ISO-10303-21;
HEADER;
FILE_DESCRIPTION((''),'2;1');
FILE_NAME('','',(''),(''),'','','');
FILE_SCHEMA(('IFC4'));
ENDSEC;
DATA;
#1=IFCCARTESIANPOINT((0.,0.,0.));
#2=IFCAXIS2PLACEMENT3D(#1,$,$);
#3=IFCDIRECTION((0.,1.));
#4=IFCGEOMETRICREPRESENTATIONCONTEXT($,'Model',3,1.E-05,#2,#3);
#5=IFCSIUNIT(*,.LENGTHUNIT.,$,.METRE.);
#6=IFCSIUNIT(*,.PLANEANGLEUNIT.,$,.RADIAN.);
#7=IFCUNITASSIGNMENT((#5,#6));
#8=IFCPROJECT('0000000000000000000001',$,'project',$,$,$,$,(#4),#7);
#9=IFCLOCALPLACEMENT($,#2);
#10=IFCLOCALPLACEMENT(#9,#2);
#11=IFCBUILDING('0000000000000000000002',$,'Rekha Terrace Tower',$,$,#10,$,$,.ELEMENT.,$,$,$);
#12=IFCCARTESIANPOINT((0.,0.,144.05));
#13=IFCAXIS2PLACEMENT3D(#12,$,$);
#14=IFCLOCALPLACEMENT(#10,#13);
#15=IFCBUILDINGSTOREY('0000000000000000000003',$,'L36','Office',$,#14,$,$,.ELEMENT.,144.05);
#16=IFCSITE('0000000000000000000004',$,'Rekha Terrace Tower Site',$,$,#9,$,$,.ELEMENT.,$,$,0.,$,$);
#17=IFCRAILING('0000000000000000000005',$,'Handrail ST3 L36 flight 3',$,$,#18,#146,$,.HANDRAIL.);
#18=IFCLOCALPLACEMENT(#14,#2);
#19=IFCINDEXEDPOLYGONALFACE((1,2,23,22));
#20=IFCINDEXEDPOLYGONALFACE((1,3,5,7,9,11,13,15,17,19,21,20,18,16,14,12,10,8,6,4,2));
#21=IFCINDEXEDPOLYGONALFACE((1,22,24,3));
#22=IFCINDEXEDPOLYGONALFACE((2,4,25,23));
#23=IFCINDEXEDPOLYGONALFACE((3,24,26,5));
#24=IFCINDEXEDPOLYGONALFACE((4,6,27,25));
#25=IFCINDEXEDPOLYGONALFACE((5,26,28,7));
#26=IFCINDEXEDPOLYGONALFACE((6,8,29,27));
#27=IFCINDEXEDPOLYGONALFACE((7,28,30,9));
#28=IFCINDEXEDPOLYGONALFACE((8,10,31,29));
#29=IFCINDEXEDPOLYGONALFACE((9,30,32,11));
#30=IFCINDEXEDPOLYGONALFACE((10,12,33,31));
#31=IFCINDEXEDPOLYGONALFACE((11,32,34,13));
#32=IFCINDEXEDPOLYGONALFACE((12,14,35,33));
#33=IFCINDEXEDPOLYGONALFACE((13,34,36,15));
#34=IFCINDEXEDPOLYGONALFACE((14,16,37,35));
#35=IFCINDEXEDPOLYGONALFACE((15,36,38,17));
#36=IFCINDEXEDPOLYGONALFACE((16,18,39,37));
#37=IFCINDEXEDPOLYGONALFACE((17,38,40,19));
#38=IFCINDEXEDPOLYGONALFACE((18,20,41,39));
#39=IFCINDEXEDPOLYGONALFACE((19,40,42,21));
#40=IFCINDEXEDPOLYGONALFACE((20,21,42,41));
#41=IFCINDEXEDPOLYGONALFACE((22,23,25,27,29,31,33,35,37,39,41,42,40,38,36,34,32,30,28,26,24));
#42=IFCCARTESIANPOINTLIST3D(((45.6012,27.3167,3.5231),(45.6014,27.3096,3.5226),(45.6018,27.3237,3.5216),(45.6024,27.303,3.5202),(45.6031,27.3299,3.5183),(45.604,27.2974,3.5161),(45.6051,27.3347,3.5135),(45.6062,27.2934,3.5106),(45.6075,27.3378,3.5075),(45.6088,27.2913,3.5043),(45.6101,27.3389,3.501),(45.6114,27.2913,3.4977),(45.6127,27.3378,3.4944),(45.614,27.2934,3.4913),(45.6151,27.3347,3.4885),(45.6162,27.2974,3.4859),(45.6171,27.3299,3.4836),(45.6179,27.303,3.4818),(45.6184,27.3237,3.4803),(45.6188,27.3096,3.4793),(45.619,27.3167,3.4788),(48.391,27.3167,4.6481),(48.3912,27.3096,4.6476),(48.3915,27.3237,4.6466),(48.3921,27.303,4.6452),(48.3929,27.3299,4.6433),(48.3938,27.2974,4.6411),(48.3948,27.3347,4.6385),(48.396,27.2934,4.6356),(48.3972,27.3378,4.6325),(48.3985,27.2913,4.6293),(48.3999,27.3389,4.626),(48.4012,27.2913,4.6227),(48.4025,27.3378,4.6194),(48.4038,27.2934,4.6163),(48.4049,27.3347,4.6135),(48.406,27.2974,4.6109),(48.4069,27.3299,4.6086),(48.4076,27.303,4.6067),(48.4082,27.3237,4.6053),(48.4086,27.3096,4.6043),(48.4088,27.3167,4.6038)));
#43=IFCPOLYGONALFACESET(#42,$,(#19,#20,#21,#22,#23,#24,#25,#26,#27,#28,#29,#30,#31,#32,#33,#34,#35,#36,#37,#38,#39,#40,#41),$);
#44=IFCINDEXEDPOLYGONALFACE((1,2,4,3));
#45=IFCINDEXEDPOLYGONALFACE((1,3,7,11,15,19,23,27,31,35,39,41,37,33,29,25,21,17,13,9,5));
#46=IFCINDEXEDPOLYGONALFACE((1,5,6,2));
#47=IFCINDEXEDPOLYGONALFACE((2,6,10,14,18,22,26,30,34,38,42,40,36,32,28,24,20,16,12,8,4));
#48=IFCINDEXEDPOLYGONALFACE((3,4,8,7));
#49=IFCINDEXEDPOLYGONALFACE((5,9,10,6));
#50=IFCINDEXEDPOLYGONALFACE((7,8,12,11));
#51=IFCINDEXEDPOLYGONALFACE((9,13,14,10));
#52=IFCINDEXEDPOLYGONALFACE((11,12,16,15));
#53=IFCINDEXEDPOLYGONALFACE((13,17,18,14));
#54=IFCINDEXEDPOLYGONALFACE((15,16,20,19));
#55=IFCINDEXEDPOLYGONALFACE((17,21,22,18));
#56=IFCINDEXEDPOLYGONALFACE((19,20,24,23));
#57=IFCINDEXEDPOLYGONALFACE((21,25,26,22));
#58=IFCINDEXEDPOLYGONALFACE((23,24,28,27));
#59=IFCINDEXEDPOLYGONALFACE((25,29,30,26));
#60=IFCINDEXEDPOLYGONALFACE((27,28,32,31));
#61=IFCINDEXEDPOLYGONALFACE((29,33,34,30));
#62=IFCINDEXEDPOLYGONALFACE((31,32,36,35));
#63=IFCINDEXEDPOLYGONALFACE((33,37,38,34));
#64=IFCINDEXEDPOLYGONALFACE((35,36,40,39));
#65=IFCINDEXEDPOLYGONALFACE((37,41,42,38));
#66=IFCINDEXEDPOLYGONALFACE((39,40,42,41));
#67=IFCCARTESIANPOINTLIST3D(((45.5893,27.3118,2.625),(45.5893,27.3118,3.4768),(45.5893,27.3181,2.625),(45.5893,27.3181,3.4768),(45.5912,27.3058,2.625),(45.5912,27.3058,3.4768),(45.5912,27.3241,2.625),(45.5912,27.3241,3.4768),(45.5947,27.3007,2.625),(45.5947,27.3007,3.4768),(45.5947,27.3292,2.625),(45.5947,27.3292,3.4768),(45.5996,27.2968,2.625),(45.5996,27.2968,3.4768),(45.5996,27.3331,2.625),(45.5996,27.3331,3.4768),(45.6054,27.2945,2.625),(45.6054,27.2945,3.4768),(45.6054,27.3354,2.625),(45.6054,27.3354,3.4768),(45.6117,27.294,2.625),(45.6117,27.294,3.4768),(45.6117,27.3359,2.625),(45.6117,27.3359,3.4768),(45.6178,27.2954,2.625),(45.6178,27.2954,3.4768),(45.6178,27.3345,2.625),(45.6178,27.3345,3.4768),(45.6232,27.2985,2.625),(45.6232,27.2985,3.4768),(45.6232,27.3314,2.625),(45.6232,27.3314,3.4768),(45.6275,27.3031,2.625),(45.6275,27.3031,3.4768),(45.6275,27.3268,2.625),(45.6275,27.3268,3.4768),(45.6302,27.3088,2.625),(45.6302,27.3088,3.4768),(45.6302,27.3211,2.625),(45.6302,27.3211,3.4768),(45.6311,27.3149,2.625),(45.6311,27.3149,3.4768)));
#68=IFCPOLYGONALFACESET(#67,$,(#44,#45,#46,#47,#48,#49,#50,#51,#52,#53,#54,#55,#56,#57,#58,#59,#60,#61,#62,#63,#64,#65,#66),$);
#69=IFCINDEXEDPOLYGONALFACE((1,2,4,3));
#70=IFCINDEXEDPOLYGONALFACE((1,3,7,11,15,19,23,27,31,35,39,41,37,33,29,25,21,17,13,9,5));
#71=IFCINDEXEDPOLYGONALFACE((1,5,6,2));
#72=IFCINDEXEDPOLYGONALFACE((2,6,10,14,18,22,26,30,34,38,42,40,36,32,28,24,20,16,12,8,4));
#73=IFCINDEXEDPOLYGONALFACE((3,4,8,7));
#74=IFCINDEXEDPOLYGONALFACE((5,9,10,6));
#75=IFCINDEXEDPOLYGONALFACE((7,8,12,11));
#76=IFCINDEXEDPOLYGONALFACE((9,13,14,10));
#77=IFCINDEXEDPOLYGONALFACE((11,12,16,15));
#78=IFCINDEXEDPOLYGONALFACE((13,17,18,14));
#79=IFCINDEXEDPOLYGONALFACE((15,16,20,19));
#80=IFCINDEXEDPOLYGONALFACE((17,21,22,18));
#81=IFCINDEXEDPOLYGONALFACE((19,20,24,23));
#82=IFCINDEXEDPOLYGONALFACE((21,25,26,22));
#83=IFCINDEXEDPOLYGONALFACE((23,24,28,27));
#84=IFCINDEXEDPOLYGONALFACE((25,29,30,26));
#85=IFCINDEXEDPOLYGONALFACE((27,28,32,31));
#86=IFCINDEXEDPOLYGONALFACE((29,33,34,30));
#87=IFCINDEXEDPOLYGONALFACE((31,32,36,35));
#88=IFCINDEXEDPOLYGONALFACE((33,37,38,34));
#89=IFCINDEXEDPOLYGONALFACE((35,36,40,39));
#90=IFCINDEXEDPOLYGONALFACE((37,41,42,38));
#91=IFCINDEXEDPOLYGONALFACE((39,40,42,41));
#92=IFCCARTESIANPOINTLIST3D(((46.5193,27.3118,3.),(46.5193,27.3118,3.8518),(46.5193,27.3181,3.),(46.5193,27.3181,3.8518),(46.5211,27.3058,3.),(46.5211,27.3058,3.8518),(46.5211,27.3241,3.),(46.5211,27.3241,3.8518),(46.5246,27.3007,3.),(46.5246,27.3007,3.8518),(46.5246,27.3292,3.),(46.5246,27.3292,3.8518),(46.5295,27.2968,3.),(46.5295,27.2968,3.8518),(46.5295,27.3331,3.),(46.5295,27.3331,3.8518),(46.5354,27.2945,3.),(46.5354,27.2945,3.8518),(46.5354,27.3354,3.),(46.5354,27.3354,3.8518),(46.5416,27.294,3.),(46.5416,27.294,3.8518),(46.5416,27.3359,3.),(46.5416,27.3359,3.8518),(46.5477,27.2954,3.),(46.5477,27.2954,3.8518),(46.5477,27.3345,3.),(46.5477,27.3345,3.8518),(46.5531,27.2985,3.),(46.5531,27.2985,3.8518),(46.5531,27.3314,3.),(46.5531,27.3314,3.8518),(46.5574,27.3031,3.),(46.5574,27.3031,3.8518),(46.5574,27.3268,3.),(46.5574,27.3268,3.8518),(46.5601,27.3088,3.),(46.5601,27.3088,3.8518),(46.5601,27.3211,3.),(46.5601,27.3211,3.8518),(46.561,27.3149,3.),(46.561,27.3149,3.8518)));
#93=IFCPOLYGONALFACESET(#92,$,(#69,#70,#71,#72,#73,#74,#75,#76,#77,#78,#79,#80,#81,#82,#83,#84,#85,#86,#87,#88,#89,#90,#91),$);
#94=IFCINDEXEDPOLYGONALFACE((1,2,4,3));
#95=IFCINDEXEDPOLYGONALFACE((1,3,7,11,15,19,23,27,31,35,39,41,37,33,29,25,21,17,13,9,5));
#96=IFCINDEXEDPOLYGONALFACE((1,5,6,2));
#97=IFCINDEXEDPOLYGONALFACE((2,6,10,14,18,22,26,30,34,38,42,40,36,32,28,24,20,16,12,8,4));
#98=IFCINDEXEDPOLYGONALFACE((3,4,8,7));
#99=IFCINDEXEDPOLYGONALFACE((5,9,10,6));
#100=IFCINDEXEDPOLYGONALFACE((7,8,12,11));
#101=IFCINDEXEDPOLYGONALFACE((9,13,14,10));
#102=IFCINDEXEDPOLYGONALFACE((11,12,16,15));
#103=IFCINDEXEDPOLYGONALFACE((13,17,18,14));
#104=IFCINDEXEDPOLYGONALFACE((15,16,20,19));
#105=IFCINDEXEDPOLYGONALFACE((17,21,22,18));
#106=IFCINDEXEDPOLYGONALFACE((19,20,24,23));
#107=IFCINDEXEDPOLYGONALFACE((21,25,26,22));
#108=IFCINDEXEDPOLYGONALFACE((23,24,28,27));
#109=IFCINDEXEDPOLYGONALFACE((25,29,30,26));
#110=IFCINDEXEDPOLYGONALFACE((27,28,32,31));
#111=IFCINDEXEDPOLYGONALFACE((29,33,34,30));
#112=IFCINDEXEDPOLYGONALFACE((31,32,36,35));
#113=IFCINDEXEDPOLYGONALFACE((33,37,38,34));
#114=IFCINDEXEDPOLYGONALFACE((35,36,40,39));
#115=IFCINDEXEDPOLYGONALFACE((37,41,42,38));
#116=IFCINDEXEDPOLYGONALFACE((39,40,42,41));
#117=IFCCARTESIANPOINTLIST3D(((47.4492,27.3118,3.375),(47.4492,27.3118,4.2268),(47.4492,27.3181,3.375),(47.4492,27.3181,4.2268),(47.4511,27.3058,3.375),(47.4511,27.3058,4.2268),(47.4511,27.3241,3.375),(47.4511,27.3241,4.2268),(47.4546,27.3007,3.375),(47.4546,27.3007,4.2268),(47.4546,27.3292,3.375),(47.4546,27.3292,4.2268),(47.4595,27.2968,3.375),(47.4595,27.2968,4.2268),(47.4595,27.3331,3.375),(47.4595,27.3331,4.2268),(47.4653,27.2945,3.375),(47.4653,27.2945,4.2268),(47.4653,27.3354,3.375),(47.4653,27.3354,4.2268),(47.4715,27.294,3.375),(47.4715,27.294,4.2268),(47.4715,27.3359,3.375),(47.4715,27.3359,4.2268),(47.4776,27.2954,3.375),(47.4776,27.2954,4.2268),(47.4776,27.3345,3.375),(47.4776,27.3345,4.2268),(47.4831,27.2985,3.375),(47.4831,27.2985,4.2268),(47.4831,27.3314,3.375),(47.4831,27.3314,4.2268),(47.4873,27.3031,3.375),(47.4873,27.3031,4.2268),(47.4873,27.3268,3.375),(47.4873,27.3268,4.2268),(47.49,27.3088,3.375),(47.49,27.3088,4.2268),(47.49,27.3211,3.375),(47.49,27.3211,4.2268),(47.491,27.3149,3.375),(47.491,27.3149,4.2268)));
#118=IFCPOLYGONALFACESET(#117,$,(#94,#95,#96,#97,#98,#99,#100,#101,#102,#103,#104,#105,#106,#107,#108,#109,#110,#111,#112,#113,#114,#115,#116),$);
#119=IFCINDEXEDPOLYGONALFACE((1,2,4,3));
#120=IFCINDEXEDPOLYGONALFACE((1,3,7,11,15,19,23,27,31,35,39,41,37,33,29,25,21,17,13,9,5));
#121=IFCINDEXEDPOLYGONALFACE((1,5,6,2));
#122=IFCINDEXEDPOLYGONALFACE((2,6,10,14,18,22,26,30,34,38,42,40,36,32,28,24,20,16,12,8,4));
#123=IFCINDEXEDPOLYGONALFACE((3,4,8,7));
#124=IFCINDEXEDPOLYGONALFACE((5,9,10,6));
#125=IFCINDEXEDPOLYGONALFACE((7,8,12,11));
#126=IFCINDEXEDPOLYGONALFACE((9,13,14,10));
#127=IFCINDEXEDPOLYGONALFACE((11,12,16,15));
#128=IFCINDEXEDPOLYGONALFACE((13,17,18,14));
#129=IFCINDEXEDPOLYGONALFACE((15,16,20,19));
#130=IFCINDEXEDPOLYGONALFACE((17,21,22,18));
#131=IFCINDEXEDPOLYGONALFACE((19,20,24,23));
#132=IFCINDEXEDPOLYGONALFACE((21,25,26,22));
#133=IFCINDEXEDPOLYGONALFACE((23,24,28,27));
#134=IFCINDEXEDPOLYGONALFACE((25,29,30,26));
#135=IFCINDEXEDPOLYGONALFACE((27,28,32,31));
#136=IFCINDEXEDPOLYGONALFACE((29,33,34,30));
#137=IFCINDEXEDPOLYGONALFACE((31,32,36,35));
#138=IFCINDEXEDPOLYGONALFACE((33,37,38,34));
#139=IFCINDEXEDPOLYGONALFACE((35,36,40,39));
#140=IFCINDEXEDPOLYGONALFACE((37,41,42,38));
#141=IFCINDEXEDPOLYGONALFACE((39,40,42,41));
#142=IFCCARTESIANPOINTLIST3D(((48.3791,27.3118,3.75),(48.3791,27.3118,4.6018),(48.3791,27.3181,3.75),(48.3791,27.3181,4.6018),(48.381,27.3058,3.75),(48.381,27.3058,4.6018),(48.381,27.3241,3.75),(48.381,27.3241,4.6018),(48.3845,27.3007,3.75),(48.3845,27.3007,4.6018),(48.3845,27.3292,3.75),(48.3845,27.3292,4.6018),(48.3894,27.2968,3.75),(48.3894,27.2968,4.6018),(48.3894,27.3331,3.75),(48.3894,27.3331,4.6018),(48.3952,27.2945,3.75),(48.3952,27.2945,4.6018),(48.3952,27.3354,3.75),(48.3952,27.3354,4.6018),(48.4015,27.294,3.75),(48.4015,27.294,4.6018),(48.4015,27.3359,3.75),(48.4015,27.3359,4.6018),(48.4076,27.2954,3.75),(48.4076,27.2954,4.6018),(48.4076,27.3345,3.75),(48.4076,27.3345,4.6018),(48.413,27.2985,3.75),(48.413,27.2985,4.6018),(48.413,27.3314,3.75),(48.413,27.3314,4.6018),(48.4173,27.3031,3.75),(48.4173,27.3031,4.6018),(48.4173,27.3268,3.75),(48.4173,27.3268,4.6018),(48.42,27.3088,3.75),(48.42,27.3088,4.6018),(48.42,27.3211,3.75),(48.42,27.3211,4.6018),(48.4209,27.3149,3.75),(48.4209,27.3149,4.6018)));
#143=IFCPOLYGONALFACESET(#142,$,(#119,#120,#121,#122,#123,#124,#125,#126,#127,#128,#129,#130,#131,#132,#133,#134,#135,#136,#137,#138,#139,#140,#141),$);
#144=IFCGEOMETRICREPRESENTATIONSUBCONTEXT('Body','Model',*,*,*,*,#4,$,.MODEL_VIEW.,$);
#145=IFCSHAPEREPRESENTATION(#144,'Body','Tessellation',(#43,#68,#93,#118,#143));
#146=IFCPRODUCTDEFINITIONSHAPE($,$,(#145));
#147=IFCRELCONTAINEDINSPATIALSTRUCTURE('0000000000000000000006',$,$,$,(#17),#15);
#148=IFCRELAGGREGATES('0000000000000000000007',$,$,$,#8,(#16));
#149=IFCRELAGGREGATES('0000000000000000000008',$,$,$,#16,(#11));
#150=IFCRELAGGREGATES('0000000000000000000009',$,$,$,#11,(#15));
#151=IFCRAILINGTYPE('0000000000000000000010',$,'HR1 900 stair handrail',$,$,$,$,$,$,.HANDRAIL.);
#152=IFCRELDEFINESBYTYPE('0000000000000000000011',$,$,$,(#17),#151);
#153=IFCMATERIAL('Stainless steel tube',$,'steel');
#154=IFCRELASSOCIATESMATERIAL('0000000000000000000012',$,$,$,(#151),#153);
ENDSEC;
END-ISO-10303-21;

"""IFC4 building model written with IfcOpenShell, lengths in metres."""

from ifc_helpers import new_model, si_unit, direction, frame, origin, origin_2d, place, context, subcontext, project, spatial, circle, extrude, material, type_object, element, save


model = new_model("IFC4")

# Units and contexts
model_context = context("Model", 3, precision=1e-05, world=origin(), true_north=direction((0.0, 1.0)))
body_context = subcontext(model_context, "Body", "Model", "MODEL_VIEW")
ifc_project = project(units=[si_unit("LENGTHUNIT", "METRE"), si_unit("PLANEANGLEUNIT", "RADIAN")], contexts=[model_context])

# Site, building, storey
site_placement = place(None, origin())
site = spatial("IfcSite", under=ifc_project, at=site_placement, Name="Rekha Terrace Tower Site", CompositionType="ELEMENT", RefElevation=0.0)
building_placement = place(site_placement, origin())
building = spatial("IfcBuilding", under=site, at=building_placement, Name="Rekha Terrace Tower", CompositionType="ELEMENT")
storey_placement = place(building_placement, frame((0.0, 0.0, 144.05)))
storey = spatial("IfcBuildingStorey", under=building, at=storey_placement, Name="L36", Description="Office", CompositionType="ELEMENT", Elevation=144.05)

# Railing
ifc_material_1 = material(Name="Stainless steel tube", Category="steel")
railing_type_1 = type_object("IfcRailingType", Name="HR1 900 stair handrail", PredefinedType="HANDRAIL", material=ifc_material_1)
railing_1_placement = place(storey_placement, frame((45.6101, 27.3149, 2.625)))
element("IfcRailing", 1, at=railing_1_placement, inside=storey, type_object=railing_type_1, Name="Handrail ST3 L36 flight 3", PredefinedType="HANDRAIL", context=body_context, shape_type="SweptSolid", body=[
    extrude(circle(Radius=0.0239, at=origin_2d()), frame((0.0, 0.0, 0.876), z_axis=(0.927432, 0.0, 0.373992), x_axis=(0.0, 1.0, 0.0)), (0.0, 0.0, 1.0), 3.0081),
    extrude(circle(Radius=0.021, at=origin_2d()), origin(), (0.0, 0.0, 1.0), 0.8518),
    extrude(circle(Radius=0.021, at=origin_2d()), frame((0.9299, 0.0, 0.375)), (0.0, 0.0, 1.0), 0.8518),
    extrude(circle(Radius=0.021, at=origin_2d()), frame((1.8599, 0.0, 0.75)), (0.0, 0.0, 1.0), 0.8518),
    extrude(circle(Radius=0.021, at=origin_2d()), frame((2.7898, 0.0, 1.125)), (0.0, 0.0, 1.0), 0.8518),
])

save(model, "model.ifc")
